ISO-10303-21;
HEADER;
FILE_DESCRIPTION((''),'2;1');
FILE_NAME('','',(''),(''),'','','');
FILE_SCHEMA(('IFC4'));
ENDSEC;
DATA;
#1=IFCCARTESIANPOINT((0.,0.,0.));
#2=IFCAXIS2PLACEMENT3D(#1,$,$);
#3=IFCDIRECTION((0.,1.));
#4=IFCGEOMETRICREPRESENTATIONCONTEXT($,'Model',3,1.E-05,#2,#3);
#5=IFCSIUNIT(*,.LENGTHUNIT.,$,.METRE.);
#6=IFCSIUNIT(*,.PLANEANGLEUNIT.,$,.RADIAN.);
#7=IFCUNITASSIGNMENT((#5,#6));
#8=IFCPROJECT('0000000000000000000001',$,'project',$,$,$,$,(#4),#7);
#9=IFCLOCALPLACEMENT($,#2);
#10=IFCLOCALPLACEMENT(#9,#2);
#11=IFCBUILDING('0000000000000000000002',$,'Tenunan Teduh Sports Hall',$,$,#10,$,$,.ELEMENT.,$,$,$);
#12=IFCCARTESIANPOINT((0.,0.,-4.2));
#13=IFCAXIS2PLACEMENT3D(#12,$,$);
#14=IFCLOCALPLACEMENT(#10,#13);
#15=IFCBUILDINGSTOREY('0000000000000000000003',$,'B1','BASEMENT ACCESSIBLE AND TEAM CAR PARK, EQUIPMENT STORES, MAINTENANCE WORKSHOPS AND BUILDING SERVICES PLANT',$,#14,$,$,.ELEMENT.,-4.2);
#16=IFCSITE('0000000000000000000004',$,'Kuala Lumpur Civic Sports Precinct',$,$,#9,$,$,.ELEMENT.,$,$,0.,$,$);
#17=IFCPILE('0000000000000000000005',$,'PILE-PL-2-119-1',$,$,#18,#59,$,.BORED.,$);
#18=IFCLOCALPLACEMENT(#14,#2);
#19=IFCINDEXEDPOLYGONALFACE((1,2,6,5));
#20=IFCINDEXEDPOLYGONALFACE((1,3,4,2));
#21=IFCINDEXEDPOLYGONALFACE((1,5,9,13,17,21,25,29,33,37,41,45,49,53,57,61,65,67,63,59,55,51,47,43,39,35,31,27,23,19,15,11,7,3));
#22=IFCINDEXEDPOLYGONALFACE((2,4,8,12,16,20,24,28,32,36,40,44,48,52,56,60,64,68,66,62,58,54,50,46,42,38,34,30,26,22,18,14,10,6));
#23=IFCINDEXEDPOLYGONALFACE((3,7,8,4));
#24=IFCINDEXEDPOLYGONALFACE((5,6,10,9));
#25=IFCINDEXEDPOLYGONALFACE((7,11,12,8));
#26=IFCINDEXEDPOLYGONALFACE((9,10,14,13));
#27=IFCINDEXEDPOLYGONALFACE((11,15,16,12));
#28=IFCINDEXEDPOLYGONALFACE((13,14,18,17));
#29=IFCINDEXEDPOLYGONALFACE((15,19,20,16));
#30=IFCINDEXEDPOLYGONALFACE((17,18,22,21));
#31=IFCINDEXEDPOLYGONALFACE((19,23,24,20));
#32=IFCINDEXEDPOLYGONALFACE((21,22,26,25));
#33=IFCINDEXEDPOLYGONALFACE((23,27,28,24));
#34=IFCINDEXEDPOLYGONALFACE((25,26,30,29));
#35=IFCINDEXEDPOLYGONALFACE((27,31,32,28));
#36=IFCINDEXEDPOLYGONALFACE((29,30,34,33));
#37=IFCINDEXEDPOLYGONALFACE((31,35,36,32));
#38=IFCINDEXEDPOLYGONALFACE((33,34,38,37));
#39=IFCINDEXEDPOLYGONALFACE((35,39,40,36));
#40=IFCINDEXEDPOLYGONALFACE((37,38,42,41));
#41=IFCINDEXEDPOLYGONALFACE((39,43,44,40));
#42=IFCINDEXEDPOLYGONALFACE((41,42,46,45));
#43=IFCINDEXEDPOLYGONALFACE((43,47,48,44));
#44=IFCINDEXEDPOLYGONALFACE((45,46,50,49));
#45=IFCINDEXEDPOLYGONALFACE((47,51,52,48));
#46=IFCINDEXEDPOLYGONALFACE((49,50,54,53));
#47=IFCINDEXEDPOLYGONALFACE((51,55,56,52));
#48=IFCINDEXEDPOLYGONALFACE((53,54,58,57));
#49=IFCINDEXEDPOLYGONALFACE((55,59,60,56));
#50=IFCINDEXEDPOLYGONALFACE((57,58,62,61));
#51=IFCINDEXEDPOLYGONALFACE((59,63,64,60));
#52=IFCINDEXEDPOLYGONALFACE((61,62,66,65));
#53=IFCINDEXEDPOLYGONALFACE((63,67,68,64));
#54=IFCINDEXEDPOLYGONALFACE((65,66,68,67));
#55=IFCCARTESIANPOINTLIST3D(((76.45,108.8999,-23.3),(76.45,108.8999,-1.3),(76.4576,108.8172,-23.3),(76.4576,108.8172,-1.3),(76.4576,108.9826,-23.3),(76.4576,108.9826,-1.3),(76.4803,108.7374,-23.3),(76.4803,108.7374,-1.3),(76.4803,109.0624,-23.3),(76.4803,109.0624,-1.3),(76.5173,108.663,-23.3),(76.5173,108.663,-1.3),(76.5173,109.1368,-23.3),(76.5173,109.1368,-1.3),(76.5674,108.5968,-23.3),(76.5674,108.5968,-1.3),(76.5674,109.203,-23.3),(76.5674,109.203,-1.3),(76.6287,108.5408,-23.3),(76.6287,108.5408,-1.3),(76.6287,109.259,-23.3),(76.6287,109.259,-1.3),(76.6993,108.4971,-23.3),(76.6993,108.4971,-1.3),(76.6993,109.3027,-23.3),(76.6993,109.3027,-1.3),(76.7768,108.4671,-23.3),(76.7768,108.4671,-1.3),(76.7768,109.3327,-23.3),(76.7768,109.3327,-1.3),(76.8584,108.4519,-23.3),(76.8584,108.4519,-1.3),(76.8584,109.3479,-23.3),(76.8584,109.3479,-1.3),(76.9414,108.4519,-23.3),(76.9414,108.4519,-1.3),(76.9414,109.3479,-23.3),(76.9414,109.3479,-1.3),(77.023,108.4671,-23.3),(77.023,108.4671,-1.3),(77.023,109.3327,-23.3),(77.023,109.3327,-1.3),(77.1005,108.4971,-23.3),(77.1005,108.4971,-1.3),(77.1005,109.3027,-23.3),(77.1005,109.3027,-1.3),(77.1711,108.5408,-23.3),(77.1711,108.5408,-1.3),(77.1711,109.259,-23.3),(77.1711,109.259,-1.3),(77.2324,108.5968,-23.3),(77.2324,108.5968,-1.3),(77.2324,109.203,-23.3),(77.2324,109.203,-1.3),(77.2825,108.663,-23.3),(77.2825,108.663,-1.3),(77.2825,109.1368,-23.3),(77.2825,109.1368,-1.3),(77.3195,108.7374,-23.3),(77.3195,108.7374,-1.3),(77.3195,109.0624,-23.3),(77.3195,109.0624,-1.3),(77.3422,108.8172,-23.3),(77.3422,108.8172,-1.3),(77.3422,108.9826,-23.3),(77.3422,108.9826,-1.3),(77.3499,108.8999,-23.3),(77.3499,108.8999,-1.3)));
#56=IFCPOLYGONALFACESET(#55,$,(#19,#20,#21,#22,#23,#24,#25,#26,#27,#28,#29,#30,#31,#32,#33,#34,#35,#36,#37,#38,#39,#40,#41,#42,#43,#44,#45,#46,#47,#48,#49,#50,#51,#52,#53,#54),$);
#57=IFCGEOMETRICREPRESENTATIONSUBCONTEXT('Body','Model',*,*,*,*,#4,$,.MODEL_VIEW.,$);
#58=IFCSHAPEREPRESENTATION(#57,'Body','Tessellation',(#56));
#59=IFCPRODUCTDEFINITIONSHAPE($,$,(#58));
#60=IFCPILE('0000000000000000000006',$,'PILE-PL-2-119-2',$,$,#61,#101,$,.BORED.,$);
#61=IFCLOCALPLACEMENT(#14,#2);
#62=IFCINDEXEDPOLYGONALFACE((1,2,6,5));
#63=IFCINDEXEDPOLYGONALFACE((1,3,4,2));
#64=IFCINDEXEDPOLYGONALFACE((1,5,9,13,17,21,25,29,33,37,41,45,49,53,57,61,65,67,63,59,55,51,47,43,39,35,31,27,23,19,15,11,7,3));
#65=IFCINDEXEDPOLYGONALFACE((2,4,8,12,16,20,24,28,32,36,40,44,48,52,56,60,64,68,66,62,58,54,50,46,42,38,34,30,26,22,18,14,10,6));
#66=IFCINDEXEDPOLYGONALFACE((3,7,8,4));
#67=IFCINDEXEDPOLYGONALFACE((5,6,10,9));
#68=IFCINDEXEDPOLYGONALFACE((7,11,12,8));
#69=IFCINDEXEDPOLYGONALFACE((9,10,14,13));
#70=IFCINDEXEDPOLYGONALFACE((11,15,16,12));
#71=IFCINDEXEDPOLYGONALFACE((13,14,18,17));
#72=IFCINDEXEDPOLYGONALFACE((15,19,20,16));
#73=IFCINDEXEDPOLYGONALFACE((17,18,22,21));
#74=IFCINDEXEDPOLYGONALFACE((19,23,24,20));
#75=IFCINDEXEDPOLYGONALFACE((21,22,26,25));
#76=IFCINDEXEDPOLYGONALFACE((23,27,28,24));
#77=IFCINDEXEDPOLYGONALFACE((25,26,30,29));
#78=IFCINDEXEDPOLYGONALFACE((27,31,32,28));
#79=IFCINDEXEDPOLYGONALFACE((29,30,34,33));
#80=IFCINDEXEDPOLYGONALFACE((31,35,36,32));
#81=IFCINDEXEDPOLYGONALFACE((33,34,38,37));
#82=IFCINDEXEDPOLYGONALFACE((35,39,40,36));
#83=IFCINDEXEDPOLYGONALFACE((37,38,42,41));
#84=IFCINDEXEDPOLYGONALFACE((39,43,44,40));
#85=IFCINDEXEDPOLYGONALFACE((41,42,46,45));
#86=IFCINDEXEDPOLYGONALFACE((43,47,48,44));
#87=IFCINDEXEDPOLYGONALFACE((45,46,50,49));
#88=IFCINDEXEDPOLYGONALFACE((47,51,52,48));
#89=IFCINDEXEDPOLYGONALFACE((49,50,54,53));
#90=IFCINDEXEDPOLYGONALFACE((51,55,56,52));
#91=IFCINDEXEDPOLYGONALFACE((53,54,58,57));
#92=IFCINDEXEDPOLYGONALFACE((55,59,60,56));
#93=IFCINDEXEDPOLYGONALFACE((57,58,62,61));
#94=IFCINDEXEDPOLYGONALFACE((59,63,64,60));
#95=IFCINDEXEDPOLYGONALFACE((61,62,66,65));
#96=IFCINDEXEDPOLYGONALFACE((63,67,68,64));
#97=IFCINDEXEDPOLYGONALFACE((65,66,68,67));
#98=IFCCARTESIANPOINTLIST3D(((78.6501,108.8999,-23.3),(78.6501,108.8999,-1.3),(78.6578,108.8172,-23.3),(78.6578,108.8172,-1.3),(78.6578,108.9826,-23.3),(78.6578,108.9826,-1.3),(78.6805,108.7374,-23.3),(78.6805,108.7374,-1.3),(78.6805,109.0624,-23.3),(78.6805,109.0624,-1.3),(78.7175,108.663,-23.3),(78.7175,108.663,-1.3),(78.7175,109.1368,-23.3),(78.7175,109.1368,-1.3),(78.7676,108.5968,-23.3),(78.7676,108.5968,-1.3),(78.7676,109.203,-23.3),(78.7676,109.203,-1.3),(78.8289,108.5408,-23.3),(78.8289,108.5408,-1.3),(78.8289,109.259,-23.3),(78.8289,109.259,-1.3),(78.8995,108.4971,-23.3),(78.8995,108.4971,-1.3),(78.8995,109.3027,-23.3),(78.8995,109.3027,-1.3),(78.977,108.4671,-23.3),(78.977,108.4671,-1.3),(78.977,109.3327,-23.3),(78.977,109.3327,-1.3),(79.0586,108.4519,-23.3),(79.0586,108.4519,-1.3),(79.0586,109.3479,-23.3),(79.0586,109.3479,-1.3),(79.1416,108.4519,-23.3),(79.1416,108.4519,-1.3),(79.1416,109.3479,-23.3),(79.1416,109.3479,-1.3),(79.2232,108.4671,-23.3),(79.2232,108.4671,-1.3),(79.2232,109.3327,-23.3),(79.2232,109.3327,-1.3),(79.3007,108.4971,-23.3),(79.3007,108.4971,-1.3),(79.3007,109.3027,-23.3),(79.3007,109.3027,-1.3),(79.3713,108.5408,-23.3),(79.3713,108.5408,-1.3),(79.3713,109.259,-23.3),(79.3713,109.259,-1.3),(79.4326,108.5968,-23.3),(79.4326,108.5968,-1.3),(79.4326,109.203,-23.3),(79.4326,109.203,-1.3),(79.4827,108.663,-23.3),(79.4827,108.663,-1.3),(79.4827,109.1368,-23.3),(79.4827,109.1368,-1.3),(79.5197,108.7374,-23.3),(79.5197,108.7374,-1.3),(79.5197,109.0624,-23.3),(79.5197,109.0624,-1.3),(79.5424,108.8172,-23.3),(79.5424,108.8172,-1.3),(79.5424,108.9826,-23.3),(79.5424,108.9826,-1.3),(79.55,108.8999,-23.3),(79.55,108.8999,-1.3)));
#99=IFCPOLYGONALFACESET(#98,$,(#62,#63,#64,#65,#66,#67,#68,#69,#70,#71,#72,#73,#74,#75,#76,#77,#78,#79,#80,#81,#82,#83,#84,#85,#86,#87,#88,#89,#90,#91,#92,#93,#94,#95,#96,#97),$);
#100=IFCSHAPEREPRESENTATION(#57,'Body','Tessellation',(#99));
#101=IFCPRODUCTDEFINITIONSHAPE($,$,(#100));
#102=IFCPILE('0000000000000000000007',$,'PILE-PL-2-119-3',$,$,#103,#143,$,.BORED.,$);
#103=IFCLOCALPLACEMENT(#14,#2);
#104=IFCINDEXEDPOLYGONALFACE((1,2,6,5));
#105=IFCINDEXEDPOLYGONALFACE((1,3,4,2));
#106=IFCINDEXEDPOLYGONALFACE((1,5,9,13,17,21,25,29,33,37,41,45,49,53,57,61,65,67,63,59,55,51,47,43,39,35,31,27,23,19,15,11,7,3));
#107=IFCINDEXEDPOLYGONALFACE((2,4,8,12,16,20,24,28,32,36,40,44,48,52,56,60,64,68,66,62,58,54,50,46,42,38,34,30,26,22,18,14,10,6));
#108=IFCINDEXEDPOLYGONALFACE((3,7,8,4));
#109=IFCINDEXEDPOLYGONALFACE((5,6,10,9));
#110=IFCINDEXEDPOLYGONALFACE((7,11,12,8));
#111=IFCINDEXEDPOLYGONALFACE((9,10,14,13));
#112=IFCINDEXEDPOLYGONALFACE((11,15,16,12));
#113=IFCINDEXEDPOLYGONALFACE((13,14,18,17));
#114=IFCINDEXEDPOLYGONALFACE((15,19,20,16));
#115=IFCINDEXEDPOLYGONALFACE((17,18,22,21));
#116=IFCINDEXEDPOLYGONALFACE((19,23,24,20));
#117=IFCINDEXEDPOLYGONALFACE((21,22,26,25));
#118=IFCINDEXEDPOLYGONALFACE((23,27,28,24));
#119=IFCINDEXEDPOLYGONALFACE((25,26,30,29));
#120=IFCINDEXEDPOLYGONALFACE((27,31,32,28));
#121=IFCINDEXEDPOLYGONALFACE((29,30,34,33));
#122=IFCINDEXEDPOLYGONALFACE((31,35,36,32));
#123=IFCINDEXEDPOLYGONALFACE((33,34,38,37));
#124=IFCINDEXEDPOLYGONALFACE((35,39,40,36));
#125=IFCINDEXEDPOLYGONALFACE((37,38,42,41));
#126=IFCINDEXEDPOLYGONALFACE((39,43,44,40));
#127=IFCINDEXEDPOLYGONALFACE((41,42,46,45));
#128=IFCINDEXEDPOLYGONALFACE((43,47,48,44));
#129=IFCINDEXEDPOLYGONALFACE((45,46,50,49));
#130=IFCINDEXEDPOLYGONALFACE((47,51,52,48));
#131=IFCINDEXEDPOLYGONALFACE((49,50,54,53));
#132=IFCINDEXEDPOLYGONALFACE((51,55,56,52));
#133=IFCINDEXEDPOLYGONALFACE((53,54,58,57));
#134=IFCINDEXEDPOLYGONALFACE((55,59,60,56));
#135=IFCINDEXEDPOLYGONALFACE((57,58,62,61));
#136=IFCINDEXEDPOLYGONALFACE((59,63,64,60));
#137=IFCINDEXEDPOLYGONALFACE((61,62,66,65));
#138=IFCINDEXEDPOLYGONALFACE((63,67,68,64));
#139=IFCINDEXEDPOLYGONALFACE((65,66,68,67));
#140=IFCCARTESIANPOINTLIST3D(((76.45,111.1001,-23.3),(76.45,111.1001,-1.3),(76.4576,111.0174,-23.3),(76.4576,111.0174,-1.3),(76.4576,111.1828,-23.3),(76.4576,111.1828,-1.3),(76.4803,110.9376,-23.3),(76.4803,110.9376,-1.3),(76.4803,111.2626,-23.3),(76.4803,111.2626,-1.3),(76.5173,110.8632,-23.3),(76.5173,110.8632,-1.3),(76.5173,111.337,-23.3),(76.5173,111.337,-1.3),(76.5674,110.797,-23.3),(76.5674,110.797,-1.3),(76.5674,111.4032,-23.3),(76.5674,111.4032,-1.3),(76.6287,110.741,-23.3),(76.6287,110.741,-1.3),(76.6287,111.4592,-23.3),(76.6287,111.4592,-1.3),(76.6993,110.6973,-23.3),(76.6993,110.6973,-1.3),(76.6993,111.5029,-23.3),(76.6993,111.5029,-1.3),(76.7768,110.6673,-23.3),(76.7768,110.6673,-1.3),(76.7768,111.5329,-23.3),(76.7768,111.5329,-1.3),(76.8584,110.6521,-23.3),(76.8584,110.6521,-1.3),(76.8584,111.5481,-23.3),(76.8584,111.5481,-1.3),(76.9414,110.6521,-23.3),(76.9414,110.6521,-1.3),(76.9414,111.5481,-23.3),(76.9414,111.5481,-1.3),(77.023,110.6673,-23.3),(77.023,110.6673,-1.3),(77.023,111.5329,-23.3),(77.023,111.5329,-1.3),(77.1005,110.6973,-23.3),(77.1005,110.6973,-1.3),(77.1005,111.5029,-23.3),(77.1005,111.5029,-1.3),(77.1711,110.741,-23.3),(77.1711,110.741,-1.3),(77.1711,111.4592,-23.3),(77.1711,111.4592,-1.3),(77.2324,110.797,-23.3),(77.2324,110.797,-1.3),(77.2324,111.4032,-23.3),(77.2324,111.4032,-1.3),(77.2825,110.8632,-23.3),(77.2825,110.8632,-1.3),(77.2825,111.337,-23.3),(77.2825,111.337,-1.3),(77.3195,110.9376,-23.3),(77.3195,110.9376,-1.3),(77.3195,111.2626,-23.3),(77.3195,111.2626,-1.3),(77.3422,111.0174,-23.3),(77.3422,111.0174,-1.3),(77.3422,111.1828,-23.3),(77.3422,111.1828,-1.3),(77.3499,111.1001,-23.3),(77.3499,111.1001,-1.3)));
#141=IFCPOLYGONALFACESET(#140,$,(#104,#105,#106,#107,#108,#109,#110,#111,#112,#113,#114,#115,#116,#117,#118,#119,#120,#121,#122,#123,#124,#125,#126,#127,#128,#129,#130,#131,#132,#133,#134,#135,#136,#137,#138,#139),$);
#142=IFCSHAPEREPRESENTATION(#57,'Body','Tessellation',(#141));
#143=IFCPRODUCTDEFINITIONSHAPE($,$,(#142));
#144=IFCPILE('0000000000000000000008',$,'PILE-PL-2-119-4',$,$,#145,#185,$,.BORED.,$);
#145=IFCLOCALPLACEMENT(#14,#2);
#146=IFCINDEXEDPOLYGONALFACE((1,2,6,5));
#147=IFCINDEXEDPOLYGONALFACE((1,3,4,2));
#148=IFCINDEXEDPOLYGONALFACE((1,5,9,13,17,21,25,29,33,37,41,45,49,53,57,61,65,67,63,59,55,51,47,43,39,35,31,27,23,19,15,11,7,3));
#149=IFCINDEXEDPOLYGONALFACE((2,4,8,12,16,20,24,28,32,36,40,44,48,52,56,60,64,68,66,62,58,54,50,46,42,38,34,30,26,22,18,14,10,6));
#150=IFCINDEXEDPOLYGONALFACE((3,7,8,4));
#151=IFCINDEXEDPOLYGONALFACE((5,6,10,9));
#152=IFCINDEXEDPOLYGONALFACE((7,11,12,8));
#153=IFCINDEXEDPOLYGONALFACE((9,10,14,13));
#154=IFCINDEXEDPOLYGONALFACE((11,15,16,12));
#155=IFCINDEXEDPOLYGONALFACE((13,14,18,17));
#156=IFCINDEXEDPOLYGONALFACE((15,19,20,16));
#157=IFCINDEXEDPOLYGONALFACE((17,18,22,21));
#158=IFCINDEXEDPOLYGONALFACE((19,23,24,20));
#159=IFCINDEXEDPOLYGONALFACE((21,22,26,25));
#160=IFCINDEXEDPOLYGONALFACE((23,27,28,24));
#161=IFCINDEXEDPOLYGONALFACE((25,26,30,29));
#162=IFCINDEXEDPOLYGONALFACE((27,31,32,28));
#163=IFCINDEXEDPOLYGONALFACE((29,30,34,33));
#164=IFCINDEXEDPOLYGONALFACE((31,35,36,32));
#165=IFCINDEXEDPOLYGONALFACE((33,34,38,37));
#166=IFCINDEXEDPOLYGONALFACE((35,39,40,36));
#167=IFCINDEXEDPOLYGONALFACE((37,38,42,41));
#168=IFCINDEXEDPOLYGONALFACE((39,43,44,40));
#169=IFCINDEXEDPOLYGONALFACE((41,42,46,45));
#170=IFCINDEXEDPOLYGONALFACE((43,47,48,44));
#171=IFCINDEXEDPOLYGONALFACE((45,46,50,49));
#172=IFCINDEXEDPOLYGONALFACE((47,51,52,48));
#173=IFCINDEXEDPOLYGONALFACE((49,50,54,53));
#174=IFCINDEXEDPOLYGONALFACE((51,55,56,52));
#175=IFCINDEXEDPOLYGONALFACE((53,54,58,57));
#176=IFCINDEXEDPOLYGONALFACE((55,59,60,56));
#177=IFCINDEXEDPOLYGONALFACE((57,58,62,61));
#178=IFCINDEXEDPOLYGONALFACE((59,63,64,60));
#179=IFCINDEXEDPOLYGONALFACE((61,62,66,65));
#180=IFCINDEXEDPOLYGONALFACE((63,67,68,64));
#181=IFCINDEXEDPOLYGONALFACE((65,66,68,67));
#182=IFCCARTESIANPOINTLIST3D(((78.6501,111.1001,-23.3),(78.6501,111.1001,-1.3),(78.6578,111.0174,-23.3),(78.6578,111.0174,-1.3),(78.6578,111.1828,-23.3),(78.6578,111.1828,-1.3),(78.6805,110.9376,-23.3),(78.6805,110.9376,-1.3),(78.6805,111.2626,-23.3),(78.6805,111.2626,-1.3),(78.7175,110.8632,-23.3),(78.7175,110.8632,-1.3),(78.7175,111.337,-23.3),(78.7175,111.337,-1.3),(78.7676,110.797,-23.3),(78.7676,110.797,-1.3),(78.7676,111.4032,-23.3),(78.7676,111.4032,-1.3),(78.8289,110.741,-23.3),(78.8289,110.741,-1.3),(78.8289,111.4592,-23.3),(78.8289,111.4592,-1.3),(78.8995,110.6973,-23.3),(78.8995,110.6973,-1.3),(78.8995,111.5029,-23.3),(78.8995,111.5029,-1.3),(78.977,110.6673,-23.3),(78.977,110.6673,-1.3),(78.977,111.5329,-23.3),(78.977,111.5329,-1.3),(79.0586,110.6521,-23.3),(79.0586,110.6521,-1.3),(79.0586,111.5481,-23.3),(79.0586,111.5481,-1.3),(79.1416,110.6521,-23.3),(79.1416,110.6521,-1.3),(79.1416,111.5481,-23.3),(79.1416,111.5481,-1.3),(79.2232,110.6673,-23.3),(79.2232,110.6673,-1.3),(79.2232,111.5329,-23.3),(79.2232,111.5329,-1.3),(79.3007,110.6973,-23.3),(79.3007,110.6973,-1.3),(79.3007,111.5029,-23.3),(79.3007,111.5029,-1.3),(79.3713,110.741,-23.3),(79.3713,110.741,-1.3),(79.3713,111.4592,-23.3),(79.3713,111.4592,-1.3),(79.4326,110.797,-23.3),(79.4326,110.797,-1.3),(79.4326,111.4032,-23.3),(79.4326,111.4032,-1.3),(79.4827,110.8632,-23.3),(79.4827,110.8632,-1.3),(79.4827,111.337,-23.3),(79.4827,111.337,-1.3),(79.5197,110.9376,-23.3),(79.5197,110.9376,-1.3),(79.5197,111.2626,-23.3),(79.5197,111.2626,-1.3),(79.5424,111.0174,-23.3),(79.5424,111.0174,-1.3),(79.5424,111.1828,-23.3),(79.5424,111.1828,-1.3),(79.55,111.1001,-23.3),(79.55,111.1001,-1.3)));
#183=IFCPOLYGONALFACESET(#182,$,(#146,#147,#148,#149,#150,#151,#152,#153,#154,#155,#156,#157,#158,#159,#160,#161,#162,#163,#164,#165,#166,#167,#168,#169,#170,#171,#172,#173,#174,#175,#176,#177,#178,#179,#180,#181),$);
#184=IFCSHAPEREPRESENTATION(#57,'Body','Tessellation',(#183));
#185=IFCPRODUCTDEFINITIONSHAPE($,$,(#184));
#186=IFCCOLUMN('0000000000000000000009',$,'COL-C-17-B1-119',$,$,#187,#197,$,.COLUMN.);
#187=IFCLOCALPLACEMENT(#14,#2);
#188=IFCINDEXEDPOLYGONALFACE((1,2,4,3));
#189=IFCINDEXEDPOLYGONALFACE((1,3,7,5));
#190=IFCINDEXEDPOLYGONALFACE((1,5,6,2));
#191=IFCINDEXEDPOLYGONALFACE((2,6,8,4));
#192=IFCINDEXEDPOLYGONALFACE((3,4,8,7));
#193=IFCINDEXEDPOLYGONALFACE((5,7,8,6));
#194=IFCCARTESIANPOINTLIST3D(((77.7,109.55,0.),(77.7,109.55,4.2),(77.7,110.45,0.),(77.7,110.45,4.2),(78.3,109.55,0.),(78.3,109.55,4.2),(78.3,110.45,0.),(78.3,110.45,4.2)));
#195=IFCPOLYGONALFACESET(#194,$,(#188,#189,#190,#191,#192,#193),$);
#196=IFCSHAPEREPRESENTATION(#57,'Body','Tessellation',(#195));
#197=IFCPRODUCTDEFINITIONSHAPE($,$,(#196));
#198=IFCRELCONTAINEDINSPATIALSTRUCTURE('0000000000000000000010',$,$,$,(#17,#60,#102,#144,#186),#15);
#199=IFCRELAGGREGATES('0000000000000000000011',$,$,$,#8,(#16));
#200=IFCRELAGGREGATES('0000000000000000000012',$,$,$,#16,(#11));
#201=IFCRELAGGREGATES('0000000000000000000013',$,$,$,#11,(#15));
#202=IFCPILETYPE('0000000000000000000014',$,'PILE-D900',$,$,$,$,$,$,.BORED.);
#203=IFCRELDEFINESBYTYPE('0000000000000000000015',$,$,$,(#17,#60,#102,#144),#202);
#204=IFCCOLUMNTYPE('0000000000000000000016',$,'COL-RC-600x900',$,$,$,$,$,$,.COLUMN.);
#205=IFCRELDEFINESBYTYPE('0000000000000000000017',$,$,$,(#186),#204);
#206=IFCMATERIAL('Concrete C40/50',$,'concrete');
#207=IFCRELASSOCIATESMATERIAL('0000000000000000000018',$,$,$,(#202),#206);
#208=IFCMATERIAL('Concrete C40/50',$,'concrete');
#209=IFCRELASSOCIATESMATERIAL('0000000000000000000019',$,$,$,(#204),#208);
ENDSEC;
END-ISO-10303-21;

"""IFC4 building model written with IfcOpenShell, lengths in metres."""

from ifc_helpers import new_model, si_unit, direction, frame, origin, origin_2d, place, context, subcontext, project, spatial, rectangle, circle, extrude, material, material_profile, profile_set, type_object, element, save


model = new_model("IFC4")

# Units and contexts
model_context = context("Model", 3, precision=1e-05, world=origin(), true_north=direction((0.0, 1.0)))
body_context = subcontext(model_context, "Body", "Model", "MODEL_VIEW")
ifc_project = project(units=[si_unit("LENGTHUNIT", "METRE"), si_unit("PLANEANGLEUNIT", "RADIAN")], contexts=[model_context])

# Site, building, storey
site_placement = place(None, origin())
site = spatial("IfcSite", under=ifc_project, at=site_placement, Name="Kuala Lumpur Civic Sports Precinct", CompositionType="ELEMENT", RefElevation=0.0)
building_placement = place(site_placement, origin())
building = spatial("IfcBuilding", under=site, at=building_placement, Name="Tenunan Teduh Sports Hall", CompositionType="ELEMENT")
storey_placement = place(building_placement, frame((0.0, 0.0, -4.2)))
storey = spatial("IfcBuildingStorey", under=building, at=storey_placement, Name="B1", Description="BASEMENT ACCESSIBLE AND TEAM CAR PARK, EQUIPMENT STORES, MAINTENANCE WORKSHOPS AND BUILDING SERVICES PLANT", CompositionType="ELEMENT", Elevation=-4.2)

# Piles
ifc_material_1 = material(Name="Concrete C40/50", Category="concrete")
ifc_material_profile_1 = material_profile(ifc_material_1, circle(Radius=0.45, at=origin_2d()), Name="PILE D900")
ifc_profile_set_1 = profile_set([ifc_material_profile_1], Name="Concrete C40/50")
pile_type_1 = type_object("IfcPileType", Name="PILE-D900", PredefinedType="BORED", material=ifc_profile_set_1)
for number, where, z_axis, x_axis, name in (
    (1, (76.8999, 108.8999, -1.3), (0.0, 0.0, -1.0), (1.0, 0.0, 0.0), "PILE-PL-2-119-1"),
    (2, (79.1001, 108.8999, -1.3), (0.0, 0.0, -1.0), (1.0, 0.0, 0.0), "PILE-PL-2-119-2"),
    (3, (76.8999, 111.1001, -1.3), (0.0, 0.0, -1.0), (1.0, 0.0, 0.0), "PILE-PL-2-119-3"),
    (4, (79.1001, 111.1001, -1.3), (0.0, 0.0, -1.0), (1.0, 0.0, 0.0), "PILE-PL-2-119-4"),
):
    element("IfcPile", number, at=place(storey_placement, frame(where, z_axis=z_axis, x_axis=x_axis)), inside=storey, type_object=pile_type_1, Name=name, PredefinedType="BORED", context=body_context, shape_type="SweptSolid", body=[
        extrude(circle(Radius=0.45, at=origin_2d()), origin(), (0.0, 0.0, 1.0), 22.0),
    ])

# Column
ifc_material_2 = material(Name="Concrete C40/50", Category="concrete")
ifc_material_profile_2 = material_profile(ifc_material_2, rectangle(XDim=0.6001, YDim=0.8999, at=origin_2d()), Name="RC 600x900")
ifc_profile_set_2 = profile_set([ifc_material_profile_2], Name="Concrete C40/50")
column_type_1 = type_object("IfcColumnType", Name="COL-RC-600x900", PredefinedType="COLUMN", material=ifc_profile_set_2)
column_1_placement = place(storey_placement, frame((78.0, 110.0, 0.0), z_axis=(0.0, 0.0, 1.0), x_axis=(1.0, 0.0, 0.0)))
element("IfcColumn", 5, at=column_1_placement, inside=storey, type_object=column_type_1, Name="COL-C-17-B1-119", PredefinedType="COLUMN", context=body_context, shape_type="SweptSolid", body=[
    extrude(rectangle(XDim=0.6001, YDim=0.8999, at=origin_2d()), origin(), (0.0, 0.0, 1.0), 4.2),
])

save(model, "model.ifc")
